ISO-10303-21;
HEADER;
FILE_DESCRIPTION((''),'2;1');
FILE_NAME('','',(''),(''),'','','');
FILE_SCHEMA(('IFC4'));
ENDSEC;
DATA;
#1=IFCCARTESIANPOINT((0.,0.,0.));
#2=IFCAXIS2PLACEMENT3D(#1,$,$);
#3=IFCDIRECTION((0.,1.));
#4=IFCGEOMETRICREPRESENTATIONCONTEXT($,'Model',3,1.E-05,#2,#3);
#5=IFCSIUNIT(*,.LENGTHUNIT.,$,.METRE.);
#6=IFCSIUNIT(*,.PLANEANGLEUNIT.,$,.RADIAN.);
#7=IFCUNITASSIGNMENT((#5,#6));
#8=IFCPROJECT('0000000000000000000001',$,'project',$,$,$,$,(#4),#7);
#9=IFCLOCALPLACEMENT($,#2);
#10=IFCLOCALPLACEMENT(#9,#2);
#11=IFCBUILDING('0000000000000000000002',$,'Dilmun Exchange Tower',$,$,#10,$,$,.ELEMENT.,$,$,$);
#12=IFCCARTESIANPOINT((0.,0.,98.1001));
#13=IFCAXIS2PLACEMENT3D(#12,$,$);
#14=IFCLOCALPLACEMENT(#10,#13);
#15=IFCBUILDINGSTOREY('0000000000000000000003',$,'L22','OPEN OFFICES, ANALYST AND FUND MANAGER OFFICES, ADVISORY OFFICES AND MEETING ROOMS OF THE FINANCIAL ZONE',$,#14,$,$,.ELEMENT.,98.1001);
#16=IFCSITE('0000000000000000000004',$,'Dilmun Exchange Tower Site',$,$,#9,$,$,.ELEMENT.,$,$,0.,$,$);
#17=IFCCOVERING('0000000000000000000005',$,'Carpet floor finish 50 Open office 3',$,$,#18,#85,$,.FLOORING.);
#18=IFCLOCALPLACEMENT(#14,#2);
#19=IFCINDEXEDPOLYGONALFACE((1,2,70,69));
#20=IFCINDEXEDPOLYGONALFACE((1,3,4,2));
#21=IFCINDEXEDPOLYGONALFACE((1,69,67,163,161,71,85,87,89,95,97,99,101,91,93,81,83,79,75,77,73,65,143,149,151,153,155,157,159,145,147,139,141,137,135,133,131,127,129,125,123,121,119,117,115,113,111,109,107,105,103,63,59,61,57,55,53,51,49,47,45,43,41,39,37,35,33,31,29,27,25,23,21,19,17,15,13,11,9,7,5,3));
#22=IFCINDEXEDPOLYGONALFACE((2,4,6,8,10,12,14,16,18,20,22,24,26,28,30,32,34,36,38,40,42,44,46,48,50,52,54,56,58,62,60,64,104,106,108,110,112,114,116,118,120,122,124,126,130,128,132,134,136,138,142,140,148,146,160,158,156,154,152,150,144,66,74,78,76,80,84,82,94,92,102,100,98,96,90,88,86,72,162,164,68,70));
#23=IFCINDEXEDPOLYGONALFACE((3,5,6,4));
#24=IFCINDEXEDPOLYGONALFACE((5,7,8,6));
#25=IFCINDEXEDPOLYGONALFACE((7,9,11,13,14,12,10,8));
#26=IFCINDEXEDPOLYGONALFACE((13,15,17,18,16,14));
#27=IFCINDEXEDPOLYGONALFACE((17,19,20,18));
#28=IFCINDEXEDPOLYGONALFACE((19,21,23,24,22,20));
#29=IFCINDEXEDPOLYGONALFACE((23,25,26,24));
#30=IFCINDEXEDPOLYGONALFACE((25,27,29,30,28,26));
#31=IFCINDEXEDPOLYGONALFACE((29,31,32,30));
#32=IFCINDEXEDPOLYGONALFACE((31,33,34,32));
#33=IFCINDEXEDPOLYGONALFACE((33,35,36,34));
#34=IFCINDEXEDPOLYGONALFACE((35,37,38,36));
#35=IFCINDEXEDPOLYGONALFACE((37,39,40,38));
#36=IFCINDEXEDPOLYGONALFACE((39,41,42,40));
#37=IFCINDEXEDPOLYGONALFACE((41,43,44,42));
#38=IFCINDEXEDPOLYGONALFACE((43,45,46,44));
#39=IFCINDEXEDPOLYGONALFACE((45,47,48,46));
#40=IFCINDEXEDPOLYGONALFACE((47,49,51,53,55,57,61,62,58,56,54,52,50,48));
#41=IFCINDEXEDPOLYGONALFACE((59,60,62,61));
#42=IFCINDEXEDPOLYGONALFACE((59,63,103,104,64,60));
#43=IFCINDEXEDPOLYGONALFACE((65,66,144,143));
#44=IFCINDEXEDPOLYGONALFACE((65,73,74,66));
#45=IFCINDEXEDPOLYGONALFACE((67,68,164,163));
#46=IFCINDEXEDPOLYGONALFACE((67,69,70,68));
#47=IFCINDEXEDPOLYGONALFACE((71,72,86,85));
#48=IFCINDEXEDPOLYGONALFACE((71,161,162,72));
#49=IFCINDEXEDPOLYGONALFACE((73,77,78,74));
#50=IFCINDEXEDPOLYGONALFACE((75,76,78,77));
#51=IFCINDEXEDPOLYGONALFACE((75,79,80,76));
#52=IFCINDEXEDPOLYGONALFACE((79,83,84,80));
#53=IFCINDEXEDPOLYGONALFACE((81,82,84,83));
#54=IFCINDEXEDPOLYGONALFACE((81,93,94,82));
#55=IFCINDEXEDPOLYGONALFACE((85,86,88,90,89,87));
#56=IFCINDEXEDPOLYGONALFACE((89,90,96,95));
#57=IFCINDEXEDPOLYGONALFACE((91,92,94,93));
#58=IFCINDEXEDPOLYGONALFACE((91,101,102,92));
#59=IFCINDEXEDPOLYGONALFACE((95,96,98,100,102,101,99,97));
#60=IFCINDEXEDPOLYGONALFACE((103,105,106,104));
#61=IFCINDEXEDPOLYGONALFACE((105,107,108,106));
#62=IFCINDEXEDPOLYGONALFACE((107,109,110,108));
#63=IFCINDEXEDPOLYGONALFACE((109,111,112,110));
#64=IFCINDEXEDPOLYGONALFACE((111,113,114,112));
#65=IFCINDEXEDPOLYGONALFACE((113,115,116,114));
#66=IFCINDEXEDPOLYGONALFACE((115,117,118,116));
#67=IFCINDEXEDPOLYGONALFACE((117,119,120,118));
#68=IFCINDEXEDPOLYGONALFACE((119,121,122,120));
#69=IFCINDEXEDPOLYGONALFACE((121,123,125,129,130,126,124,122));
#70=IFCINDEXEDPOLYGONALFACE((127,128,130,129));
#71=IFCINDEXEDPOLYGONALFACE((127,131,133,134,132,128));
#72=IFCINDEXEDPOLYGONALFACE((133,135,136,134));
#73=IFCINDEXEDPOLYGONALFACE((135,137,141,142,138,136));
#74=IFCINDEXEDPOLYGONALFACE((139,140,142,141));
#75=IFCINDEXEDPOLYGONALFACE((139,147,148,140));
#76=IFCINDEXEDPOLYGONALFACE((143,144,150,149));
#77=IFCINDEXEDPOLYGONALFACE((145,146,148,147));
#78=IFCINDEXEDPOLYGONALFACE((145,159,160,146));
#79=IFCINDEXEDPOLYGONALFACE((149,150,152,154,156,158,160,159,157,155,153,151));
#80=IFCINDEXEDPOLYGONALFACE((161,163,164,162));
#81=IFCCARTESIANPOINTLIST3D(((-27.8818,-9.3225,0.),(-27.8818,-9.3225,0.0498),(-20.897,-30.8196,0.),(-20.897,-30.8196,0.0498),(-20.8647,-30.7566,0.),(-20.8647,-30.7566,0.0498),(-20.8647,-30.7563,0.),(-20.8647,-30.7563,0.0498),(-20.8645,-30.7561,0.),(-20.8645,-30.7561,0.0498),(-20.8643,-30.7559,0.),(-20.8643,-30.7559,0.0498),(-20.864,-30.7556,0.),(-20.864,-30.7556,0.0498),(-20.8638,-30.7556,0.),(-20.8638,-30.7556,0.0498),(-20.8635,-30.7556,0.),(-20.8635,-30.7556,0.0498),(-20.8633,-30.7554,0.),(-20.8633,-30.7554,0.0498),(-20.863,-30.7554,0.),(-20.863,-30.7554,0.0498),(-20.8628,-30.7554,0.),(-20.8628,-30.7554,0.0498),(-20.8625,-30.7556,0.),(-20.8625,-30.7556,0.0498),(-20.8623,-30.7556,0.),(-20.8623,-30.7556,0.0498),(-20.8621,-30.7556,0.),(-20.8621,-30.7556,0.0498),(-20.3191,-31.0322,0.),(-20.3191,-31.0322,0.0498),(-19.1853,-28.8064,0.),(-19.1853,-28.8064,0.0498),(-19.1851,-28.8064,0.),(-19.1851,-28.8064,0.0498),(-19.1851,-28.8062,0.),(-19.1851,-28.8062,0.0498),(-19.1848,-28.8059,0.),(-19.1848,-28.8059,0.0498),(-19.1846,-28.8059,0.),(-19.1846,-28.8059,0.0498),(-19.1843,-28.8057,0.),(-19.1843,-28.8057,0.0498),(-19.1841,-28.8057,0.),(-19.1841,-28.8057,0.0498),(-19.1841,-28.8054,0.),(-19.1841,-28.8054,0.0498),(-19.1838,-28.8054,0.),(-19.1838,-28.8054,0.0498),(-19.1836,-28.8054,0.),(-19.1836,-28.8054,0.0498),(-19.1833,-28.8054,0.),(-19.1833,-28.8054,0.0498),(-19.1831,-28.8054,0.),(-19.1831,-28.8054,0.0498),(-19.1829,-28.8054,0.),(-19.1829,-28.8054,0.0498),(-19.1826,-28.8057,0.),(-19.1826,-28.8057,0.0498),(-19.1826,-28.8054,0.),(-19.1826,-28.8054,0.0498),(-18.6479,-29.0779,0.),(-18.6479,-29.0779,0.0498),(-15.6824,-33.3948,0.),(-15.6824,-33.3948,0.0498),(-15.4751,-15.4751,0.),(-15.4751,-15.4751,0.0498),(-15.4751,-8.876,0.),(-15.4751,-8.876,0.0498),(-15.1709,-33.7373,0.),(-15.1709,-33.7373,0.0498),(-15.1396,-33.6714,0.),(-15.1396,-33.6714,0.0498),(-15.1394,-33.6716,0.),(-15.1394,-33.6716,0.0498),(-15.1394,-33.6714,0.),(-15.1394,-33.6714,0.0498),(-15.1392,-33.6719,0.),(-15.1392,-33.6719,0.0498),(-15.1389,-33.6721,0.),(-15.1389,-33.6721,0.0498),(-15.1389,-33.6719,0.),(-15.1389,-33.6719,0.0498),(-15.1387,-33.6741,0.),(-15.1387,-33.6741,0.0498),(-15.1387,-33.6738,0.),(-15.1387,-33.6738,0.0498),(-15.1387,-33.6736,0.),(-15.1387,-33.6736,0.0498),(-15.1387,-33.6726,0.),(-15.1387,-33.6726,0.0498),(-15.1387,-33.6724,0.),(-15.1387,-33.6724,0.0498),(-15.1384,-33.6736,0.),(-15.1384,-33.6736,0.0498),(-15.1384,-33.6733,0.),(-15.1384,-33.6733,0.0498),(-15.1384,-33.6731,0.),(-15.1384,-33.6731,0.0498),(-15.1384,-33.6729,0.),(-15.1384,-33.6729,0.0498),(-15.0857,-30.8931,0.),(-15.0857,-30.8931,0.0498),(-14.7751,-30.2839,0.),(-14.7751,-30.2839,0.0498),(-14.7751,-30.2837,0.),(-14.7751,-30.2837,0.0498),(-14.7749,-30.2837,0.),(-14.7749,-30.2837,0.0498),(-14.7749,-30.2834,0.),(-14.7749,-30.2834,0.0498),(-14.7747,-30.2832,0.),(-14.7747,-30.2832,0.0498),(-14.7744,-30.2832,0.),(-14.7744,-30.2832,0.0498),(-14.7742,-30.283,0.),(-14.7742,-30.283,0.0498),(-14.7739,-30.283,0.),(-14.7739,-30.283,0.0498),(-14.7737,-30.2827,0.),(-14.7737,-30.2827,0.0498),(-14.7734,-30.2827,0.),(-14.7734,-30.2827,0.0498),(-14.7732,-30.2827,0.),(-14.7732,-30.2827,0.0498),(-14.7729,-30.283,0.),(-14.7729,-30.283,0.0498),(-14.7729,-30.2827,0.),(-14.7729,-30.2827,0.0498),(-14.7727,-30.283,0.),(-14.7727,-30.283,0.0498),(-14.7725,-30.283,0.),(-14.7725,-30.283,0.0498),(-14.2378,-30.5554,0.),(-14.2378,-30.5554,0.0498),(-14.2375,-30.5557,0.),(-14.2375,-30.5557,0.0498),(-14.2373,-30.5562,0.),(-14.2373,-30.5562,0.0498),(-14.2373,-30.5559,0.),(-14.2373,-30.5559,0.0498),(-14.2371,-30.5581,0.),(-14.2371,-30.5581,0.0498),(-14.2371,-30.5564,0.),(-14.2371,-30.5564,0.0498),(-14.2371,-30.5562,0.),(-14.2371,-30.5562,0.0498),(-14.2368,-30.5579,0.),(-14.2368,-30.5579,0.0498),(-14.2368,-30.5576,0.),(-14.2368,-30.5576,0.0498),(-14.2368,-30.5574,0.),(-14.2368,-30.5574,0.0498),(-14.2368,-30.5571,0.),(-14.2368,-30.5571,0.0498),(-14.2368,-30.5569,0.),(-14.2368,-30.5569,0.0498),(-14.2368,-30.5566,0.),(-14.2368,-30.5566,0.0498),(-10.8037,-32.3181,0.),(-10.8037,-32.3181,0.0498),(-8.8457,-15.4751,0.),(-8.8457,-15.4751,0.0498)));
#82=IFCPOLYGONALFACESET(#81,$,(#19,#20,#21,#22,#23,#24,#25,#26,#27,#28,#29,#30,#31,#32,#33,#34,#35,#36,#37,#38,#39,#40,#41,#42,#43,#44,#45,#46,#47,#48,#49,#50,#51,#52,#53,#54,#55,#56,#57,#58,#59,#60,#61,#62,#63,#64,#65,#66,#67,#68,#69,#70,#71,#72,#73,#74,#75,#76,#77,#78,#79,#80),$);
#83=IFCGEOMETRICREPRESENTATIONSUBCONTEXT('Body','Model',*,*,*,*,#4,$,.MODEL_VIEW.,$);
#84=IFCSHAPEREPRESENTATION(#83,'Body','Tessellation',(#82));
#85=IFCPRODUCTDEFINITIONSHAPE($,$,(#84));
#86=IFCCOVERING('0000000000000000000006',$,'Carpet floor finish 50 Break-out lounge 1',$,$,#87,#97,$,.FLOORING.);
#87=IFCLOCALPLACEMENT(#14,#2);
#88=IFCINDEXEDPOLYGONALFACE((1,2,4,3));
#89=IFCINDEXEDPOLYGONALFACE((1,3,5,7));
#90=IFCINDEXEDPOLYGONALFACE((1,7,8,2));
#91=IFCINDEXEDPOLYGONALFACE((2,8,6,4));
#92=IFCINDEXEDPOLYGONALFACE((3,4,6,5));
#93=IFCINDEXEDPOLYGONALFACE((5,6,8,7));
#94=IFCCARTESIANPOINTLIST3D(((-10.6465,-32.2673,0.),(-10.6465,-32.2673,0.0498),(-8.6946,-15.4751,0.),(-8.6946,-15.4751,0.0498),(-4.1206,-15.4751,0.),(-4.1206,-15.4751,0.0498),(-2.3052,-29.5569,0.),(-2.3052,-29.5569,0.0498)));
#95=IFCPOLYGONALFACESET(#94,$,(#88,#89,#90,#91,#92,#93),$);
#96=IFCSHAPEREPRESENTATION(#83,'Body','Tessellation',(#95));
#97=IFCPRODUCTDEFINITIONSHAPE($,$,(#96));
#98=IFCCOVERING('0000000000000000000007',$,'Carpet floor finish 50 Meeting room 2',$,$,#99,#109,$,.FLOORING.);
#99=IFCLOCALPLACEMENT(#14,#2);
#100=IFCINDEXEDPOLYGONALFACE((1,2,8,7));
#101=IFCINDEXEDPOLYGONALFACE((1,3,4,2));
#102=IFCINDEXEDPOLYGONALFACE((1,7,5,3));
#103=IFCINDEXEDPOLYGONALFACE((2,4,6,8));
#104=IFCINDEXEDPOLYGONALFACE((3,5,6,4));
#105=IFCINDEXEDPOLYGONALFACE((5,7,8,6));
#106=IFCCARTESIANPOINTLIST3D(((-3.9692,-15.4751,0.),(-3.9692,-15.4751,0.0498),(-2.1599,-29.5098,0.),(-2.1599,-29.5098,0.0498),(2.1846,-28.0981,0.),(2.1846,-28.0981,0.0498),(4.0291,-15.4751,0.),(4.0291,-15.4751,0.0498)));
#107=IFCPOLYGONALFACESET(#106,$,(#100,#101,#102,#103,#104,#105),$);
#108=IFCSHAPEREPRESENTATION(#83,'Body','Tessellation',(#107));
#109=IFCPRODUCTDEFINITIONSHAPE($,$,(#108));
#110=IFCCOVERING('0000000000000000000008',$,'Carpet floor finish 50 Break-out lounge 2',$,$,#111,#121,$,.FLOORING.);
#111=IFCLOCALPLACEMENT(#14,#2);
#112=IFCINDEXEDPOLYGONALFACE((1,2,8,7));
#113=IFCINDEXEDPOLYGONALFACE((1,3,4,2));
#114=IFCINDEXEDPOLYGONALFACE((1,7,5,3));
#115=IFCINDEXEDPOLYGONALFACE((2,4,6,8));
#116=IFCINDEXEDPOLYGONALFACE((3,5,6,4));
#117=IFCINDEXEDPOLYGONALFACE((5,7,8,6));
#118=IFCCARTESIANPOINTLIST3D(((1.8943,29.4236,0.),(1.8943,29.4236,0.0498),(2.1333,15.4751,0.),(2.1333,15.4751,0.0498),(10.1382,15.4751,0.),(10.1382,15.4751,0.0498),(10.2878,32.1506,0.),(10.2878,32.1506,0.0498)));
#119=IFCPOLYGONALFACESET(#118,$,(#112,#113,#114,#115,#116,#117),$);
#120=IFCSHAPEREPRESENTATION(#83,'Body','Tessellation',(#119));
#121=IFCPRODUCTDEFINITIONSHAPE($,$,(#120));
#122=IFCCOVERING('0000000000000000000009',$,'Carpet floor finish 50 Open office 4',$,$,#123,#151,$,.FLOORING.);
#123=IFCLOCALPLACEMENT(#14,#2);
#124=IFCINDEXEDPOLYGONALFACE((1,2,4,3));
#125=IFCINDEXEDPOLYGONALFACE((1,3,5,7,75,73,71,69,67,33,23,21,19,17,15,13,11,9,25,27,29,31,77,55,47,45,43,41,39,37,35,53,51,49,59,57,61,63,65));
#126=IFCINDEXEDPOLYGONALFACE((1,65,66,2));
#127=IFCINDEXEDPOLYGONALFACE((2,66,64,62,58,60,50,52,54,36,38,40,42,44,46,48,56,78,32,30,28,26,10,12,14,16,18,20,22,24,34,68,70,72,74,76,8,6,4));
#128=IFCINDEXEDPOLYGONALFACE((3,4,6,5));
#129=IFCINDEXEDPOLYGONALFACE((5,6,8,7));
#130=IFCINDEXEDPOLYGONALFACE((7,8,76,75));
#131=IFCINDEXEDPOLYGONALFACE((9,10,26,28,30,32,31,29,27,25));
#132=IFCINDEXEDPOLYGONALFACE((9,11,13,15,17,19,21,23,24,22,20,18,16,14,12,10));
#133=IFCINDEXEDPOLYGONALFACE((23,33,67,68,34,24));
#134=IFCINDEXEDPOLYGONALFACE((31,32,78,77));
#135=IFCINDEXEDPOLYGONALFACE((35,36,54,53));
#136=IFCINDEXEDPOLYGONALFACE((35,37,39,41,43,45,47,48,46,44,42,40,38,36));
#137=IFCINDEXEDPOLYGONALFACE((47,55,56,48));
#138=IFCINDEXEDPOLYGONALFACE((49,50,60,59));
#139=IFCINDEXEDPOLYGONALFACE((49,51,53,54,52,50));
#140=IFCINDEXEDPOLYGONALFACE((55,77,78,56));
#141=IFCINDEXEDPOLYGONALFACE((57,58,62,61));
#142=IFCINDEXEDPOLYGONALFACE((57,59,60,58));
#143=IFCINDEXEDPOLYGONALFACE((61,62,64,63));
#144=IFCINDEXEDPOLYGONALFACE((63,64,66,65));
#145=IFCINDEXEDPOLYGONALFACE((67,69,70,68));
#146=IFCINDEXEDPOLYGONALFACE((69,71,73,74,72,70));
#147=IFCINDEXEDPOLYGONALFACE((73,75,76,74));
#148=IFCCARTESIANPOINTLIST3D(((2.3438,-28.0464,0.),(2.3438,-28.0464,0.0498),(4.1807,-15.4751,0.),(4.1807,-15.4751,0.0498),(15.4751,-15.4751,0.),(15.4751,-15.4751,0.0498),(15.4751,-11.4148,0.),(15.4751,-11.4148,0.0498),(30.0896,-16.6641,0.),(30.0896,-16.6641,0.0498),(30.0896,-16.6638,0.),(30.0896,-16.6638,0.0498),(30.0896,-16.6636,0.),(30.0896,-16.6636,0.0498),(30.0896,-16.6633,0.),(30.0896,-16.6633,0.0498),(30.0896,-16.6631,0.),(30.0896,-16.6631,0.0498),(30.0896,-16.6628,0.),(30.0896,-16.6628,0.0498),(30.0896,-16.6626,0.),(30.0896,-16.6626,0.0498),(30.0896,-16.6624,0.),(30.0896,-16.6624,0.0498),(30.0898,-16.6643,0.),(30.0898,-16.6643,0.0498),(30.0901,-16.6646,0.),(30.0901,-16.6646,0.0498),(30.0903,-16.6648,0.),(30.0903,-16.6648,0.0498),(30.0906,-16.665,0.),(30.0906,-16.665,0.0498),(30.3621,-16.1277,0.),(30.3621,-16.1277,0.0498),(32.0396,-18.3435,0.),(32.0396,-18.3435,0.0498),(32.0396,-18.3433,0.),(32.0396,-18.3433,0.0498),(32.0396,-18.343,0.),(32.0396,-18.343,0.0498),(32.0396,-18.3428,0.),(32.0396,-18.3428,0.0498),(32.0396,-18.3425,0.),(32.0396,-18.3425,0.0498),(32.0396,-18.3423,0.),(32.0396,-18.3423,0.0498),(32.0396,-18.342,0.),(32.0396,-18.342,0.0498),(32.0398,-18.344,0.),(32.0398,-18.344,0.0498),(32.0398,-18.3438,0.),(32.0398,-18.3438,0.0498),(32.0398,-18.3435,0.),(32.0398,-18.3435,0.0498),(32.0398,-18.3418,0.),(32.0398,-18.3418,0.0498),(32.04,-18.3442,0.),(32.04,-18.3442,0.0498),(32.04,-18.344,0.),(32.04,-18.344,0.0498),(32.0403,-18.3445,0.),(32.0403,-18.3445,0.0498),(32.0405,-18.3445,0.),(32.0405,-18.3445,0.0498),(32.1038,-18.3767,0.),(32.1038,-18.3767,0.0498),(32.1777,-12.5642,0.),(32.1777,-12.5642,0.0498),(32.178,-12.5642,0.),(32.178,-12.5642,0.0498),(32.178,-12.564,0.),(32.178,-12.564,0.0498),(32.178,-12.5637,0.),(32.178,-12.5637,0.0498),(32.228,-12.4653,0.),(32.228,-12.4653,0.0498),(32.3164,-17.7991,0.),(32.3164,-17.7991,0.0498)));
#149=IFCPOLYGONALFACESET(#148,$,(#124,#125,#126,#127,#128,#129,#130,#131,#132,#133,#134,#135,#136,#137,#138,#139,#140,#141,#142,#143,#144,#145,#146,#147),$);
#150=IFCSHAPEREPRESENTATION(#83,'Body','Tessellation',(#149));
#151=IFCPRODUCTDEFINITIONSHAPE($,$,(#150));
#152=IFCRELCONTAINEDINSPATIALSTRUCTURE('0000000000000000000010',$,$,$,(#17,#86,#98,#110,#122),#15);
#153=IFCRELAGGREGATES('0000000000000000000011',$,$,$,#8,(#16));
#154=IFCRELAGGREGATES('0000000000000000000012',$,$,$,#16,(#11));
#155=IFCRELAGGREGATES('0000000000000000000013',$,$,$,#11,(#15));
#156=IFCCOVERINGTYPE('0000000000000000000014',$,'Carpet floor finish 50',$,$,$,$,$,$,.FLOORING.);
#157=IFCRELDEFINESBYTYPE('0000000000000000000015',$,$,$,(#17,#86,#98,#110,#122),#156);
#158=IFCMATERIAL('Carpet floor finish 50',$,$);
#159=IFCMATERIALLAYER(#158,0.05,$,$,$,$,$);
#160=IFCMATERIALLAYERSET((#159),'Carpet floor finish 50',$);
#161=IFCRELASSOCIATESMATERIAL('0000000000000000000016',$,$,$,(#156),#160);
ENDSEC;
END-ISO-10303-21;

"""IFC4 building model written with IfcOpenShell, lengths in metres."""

from ifc_helpers import new_model, si_unit, direction, frame, origin, place, context, subcontext, project, spatial, polyline, outline, extrude, material, layer, layer_set, type_object, element, save


model = new_model("IFC4")

# Units and contexts
model_context = context("Model", 3, precision=1e-05, world=origin(), true_north=direction((0.0, 1.0)))
body_context = subcontext(model_context, "Body", "Model", "MODEL_VIEW")
ifc_project = project(units=[si_unit("LENGTHUNIT", "METRE"), si_unit("PLANEANGLEUNIT", "RADIAN")], contexts=[model_context])

# Site, building, storey
site_placement = place(None, origin())
site = spatial("IfcSite", under=ifc_project, at=site_placement, Name="Dilmun Exchange Tower Site", CompositionType="ELEMENT", RefElevation=0.0)
building_placement = place(site_placement, origin())
building = spatial("IfcBuilding", under=site, at=building_placement, Name="Dilmun Exchange Tower", CompositionType="ELEMENT")
storey_placement = place(building_placement, frame((0.0, 0.0, 98.1001)))
storey = spatial("IfcBuildingStorey", under=building, at=storey_placement, Name="L22", Description="OPEN OFFICES, ANALYST AND FUND MANAGER OFFICES, ADVISORY OFFICES AND MEETING ROOMS OF THE FINANCIAL ZONE", CompositionType="ELEMENT", Elevation=98.1001)

# Coverings
ifc_material_1 = material(Name="Carpet floor finish 50")
ifc_layer_1 = layer(ifc_material_1, 0.05)
ifc_layer_set_1 = layer_set([ifc_layer_1], Name="Carpet floor finish 50")
covering_type_1 = type_object("IfcCoveringType", Name="Carpet floor finish 50", PredefinedType="FLOORING", material=ifc_layer_set_1)
covering_1_placement = place(storey_placement, origin())
element("IfcCovering", 1, at=covering_1_placement, inside=storey, type_object=covering_type_1, Name="Carpet floor finish 50 Open office 3", PredefinedType="FLOORING", context=body_context, shape_type="SweptSolid", body=[
    extrude(outline(polyline([(-15.4751, -8.876), (-15.4751, -15.4751), (-8.8457, -15.4751), (-10.8037, -32.3181), (-15.1709, -33.7373), (-15.1387, -33.6741), (-15.1387, -33.6738), (-15.1387, -33.6736), (-15.1384, -33.6736), (-15.1384, -33.6733), (-15.1384, -33.6731), (-15.1384, -33.6731), (-15.1384, -33.6729), (-15.1387, -33.6726), (-15.1387, -33.6724), (-15.1389, -33.6721), (-15.1389, -33.6721), (-15.1389, -33.6719), (-15.1392, -33.6719), (-15.1394, -33.6716), (-15.1394, -33.6714), (-15.1396, -33.6714), (-15.6824, -33.3948), (-14.2371, -30.5581), (-14.2368, -30.5579), (-14.2368, -30.5576), (-14.2368, -30.5576), (-14.2368, -30.5574), (-14.2368, -30.5571), (-14.2368, -30.5569), (-14.2368, -30.5569), (-14.2368, -30.5566), (-14.2371, -30.5564), (-14.2371, -30.5562), (-14.2373, -30.5562), (-14.2373, -30.5559), (-14.2373, -30.5559), (-14.2375, -30.5557), (-14.2378, -30.5554), (-14.2378, -30.5554), (-14.7725, -30.283), (-14.7727, -30.283), (-14.7729, -30.283), (-14.7729, -30.2827), (-14.7732, -30.2827), (-14.7734, -30.2827), (-14.7737, -30.2827), (-14.7737, -30.2827), (-14.7739, -30.283), (-14.7742, -30.283), (-14.7744, -30.2832), (-14.7744, -30.2832), (-14.7747, -30.2832), (-14.7749, -30.2834), (-14.7749, -30.2837), (-14.7751, -30.2837), (-14.7751, -30.2839), (-15.0857, -30.8931), (-18.6479, -29.0779), (-19.1826, -28.8057), (-19.1826, -28.8054), (-19.1829, -28.8054), (-19.1831, -28.8054), (-19.1831, -28.8054), (-19.1833, -28.8054), (-19.1836, -28.8054), (-19.1838, -28.8054), (-19.1841, -28.8054), (-19.1841, -28.8057), (-19.1843, -28.8057), (-19.1846, -28.8059), (-19.1848, -28.8059), (-19.1848, -28.8059), (-19.1851, -28.8062), (-19.1851, -28.8064), (-19.1853, -28.8064), (-20.3191, -31.0322), (-20.8621, -30.7556), (-20.8623, -30.7556), (-20.8625, -30.7556), (-20.8628, -30.7554), (-20.8628, -30.7554), (-20.863, -30.7554), (-20.8633, -30.7554), (-20.8633, -30.7554), (-20.8635, -30.7556), (-20.8638, -30.7556), (-20.864, -30.7556), (-20.8643, -30.7559), (-20.8643, -30.7559), (-20.8645, -30.7561), (-20.8645, -30.7561), (-20.8647, -30.7563), (-20.8647, -30.7566), (-20.897, -30.8196), (-27.8818, -9.3225), (-15.4751, -8.876)])), origin(), (0.0, 0.0, 1.0), 0.0498),
])
covering_2_placement = place(storey_placement, origin())
element("IfcCovering", 2, at=covering_2_placement, inside=storey, type_object=covering_type_1, Name="Carpet floor finish 50 Break-out lounge 1", PredefinedType="FLOORING", context=body_context, shape_type="SweptSolid", body=[
    extrude(outline(polyline([(-4.1206, -15.4751), (-2.3052, -29.5569), (-10.6465, -32.2673), (-8.6946, -15.4751), (-4.1206, -15.4751)])), origin(), (0.0, 0.0, 1.0), 0.0498),
])
covering_3_placement = place(storey_placement, origin())
element("IfcCovering", 3, at=covering_3_placement, inside=storey, type_object=covering_type_1, Name="Carpet floor finish 50 Meeting room 2", PredefinedType="FLOORING", context=body_context, shape_type="SweptSolid", body=[
    extrude(outline(polyline([(2.1846, -28.0981), (-2.1599, -29.5098), (-3.9692, -15.4751), (4.0291, -15.4751), (2.1846, -28.0981)])), origin(), (0.0, 0.0, 1.0), 0.0498),
])
covering_4_placement = place(storey_placement, origin())
element("IfcCovering", 4, at=covering_4_placement, inside=storey, type_object=covering_type_1, Name="Carpet floor finish 50 Break-out lounge 2", PredefinedType="FLOORING", context=body_context, shape_type="SweptSolid", body=[
    extrude(outline(polyline([(2.1333, 15.4751), (1.8943, 29.4236), (10.2878, 32.1506), (10.1382, 15.4751), (2.1333, 15.4751)])), origin(), (0.0, 0.0, 1.0), 0.0498),
])
covering_5_placement = place(storey_placement, origin())
element("IfcCovering", 5, at=covering_5_placement, inside=storey, type_object=covering_type_1, Name="Carpet floor finish 50 Open office 4", PredefinedType="FLOORING", context=body_context, shape_type="SweptSolid", body=[
    extrude(outline(polyline([(4.1807, -15.4751), (15.4751, -15.4751), (15.4751, -11.4148), (32.228, -12.4653), (32.178, -12.5637), (32.178, -12.564), (32.178, -12.5642), (32.1777, -12.5642), (30.3621, -16.1277), (30.3621, -16.1277), (30.0896, -16.6624), (30.0896, -16.6626), (30.0896, -16.6626), (30.0896, -16.6628), (30.0896, -16.6631), (30.0896, -16.6631), (30.0896, -16.6633), (30.0896, -16.6636), (30.0896, -16.6638), (30.0896, -16.6641), (30.0898, -16.6643), (30.0898, -16.6643), (30.0901, -16.6646), (30.0901, -16.6646), (30.0903, -16.6648), (30.0903, -16.6648), (30.0906, -16.665), (32.3164, -17.7991), (32.0398, -18.3418), (32.0396, -18.342), (32.0396, -18.3423), (32.0396, -18.3423), (32.0396, -18.3425), (32.0396, -18.3428), (32.0396, -18.343), (32.0396, -18.3433), (32.0396, -18.3435), (32.0398, -18.3435), (32.0398, -18.3438), (32.0398, -18.344), (32.04, -18.344), (32.04, -18.3442), (32.0403, -18.3445), (32.0403, -18.3445), (32.0405, -18.3445), (32.1038, -18.3767), (2.3438, -28.0464), (4.1807, -15.4751)])), origin(), (0.0, 0.0, 1.0), 0.0498),
])

save(model, "model.ifc")
